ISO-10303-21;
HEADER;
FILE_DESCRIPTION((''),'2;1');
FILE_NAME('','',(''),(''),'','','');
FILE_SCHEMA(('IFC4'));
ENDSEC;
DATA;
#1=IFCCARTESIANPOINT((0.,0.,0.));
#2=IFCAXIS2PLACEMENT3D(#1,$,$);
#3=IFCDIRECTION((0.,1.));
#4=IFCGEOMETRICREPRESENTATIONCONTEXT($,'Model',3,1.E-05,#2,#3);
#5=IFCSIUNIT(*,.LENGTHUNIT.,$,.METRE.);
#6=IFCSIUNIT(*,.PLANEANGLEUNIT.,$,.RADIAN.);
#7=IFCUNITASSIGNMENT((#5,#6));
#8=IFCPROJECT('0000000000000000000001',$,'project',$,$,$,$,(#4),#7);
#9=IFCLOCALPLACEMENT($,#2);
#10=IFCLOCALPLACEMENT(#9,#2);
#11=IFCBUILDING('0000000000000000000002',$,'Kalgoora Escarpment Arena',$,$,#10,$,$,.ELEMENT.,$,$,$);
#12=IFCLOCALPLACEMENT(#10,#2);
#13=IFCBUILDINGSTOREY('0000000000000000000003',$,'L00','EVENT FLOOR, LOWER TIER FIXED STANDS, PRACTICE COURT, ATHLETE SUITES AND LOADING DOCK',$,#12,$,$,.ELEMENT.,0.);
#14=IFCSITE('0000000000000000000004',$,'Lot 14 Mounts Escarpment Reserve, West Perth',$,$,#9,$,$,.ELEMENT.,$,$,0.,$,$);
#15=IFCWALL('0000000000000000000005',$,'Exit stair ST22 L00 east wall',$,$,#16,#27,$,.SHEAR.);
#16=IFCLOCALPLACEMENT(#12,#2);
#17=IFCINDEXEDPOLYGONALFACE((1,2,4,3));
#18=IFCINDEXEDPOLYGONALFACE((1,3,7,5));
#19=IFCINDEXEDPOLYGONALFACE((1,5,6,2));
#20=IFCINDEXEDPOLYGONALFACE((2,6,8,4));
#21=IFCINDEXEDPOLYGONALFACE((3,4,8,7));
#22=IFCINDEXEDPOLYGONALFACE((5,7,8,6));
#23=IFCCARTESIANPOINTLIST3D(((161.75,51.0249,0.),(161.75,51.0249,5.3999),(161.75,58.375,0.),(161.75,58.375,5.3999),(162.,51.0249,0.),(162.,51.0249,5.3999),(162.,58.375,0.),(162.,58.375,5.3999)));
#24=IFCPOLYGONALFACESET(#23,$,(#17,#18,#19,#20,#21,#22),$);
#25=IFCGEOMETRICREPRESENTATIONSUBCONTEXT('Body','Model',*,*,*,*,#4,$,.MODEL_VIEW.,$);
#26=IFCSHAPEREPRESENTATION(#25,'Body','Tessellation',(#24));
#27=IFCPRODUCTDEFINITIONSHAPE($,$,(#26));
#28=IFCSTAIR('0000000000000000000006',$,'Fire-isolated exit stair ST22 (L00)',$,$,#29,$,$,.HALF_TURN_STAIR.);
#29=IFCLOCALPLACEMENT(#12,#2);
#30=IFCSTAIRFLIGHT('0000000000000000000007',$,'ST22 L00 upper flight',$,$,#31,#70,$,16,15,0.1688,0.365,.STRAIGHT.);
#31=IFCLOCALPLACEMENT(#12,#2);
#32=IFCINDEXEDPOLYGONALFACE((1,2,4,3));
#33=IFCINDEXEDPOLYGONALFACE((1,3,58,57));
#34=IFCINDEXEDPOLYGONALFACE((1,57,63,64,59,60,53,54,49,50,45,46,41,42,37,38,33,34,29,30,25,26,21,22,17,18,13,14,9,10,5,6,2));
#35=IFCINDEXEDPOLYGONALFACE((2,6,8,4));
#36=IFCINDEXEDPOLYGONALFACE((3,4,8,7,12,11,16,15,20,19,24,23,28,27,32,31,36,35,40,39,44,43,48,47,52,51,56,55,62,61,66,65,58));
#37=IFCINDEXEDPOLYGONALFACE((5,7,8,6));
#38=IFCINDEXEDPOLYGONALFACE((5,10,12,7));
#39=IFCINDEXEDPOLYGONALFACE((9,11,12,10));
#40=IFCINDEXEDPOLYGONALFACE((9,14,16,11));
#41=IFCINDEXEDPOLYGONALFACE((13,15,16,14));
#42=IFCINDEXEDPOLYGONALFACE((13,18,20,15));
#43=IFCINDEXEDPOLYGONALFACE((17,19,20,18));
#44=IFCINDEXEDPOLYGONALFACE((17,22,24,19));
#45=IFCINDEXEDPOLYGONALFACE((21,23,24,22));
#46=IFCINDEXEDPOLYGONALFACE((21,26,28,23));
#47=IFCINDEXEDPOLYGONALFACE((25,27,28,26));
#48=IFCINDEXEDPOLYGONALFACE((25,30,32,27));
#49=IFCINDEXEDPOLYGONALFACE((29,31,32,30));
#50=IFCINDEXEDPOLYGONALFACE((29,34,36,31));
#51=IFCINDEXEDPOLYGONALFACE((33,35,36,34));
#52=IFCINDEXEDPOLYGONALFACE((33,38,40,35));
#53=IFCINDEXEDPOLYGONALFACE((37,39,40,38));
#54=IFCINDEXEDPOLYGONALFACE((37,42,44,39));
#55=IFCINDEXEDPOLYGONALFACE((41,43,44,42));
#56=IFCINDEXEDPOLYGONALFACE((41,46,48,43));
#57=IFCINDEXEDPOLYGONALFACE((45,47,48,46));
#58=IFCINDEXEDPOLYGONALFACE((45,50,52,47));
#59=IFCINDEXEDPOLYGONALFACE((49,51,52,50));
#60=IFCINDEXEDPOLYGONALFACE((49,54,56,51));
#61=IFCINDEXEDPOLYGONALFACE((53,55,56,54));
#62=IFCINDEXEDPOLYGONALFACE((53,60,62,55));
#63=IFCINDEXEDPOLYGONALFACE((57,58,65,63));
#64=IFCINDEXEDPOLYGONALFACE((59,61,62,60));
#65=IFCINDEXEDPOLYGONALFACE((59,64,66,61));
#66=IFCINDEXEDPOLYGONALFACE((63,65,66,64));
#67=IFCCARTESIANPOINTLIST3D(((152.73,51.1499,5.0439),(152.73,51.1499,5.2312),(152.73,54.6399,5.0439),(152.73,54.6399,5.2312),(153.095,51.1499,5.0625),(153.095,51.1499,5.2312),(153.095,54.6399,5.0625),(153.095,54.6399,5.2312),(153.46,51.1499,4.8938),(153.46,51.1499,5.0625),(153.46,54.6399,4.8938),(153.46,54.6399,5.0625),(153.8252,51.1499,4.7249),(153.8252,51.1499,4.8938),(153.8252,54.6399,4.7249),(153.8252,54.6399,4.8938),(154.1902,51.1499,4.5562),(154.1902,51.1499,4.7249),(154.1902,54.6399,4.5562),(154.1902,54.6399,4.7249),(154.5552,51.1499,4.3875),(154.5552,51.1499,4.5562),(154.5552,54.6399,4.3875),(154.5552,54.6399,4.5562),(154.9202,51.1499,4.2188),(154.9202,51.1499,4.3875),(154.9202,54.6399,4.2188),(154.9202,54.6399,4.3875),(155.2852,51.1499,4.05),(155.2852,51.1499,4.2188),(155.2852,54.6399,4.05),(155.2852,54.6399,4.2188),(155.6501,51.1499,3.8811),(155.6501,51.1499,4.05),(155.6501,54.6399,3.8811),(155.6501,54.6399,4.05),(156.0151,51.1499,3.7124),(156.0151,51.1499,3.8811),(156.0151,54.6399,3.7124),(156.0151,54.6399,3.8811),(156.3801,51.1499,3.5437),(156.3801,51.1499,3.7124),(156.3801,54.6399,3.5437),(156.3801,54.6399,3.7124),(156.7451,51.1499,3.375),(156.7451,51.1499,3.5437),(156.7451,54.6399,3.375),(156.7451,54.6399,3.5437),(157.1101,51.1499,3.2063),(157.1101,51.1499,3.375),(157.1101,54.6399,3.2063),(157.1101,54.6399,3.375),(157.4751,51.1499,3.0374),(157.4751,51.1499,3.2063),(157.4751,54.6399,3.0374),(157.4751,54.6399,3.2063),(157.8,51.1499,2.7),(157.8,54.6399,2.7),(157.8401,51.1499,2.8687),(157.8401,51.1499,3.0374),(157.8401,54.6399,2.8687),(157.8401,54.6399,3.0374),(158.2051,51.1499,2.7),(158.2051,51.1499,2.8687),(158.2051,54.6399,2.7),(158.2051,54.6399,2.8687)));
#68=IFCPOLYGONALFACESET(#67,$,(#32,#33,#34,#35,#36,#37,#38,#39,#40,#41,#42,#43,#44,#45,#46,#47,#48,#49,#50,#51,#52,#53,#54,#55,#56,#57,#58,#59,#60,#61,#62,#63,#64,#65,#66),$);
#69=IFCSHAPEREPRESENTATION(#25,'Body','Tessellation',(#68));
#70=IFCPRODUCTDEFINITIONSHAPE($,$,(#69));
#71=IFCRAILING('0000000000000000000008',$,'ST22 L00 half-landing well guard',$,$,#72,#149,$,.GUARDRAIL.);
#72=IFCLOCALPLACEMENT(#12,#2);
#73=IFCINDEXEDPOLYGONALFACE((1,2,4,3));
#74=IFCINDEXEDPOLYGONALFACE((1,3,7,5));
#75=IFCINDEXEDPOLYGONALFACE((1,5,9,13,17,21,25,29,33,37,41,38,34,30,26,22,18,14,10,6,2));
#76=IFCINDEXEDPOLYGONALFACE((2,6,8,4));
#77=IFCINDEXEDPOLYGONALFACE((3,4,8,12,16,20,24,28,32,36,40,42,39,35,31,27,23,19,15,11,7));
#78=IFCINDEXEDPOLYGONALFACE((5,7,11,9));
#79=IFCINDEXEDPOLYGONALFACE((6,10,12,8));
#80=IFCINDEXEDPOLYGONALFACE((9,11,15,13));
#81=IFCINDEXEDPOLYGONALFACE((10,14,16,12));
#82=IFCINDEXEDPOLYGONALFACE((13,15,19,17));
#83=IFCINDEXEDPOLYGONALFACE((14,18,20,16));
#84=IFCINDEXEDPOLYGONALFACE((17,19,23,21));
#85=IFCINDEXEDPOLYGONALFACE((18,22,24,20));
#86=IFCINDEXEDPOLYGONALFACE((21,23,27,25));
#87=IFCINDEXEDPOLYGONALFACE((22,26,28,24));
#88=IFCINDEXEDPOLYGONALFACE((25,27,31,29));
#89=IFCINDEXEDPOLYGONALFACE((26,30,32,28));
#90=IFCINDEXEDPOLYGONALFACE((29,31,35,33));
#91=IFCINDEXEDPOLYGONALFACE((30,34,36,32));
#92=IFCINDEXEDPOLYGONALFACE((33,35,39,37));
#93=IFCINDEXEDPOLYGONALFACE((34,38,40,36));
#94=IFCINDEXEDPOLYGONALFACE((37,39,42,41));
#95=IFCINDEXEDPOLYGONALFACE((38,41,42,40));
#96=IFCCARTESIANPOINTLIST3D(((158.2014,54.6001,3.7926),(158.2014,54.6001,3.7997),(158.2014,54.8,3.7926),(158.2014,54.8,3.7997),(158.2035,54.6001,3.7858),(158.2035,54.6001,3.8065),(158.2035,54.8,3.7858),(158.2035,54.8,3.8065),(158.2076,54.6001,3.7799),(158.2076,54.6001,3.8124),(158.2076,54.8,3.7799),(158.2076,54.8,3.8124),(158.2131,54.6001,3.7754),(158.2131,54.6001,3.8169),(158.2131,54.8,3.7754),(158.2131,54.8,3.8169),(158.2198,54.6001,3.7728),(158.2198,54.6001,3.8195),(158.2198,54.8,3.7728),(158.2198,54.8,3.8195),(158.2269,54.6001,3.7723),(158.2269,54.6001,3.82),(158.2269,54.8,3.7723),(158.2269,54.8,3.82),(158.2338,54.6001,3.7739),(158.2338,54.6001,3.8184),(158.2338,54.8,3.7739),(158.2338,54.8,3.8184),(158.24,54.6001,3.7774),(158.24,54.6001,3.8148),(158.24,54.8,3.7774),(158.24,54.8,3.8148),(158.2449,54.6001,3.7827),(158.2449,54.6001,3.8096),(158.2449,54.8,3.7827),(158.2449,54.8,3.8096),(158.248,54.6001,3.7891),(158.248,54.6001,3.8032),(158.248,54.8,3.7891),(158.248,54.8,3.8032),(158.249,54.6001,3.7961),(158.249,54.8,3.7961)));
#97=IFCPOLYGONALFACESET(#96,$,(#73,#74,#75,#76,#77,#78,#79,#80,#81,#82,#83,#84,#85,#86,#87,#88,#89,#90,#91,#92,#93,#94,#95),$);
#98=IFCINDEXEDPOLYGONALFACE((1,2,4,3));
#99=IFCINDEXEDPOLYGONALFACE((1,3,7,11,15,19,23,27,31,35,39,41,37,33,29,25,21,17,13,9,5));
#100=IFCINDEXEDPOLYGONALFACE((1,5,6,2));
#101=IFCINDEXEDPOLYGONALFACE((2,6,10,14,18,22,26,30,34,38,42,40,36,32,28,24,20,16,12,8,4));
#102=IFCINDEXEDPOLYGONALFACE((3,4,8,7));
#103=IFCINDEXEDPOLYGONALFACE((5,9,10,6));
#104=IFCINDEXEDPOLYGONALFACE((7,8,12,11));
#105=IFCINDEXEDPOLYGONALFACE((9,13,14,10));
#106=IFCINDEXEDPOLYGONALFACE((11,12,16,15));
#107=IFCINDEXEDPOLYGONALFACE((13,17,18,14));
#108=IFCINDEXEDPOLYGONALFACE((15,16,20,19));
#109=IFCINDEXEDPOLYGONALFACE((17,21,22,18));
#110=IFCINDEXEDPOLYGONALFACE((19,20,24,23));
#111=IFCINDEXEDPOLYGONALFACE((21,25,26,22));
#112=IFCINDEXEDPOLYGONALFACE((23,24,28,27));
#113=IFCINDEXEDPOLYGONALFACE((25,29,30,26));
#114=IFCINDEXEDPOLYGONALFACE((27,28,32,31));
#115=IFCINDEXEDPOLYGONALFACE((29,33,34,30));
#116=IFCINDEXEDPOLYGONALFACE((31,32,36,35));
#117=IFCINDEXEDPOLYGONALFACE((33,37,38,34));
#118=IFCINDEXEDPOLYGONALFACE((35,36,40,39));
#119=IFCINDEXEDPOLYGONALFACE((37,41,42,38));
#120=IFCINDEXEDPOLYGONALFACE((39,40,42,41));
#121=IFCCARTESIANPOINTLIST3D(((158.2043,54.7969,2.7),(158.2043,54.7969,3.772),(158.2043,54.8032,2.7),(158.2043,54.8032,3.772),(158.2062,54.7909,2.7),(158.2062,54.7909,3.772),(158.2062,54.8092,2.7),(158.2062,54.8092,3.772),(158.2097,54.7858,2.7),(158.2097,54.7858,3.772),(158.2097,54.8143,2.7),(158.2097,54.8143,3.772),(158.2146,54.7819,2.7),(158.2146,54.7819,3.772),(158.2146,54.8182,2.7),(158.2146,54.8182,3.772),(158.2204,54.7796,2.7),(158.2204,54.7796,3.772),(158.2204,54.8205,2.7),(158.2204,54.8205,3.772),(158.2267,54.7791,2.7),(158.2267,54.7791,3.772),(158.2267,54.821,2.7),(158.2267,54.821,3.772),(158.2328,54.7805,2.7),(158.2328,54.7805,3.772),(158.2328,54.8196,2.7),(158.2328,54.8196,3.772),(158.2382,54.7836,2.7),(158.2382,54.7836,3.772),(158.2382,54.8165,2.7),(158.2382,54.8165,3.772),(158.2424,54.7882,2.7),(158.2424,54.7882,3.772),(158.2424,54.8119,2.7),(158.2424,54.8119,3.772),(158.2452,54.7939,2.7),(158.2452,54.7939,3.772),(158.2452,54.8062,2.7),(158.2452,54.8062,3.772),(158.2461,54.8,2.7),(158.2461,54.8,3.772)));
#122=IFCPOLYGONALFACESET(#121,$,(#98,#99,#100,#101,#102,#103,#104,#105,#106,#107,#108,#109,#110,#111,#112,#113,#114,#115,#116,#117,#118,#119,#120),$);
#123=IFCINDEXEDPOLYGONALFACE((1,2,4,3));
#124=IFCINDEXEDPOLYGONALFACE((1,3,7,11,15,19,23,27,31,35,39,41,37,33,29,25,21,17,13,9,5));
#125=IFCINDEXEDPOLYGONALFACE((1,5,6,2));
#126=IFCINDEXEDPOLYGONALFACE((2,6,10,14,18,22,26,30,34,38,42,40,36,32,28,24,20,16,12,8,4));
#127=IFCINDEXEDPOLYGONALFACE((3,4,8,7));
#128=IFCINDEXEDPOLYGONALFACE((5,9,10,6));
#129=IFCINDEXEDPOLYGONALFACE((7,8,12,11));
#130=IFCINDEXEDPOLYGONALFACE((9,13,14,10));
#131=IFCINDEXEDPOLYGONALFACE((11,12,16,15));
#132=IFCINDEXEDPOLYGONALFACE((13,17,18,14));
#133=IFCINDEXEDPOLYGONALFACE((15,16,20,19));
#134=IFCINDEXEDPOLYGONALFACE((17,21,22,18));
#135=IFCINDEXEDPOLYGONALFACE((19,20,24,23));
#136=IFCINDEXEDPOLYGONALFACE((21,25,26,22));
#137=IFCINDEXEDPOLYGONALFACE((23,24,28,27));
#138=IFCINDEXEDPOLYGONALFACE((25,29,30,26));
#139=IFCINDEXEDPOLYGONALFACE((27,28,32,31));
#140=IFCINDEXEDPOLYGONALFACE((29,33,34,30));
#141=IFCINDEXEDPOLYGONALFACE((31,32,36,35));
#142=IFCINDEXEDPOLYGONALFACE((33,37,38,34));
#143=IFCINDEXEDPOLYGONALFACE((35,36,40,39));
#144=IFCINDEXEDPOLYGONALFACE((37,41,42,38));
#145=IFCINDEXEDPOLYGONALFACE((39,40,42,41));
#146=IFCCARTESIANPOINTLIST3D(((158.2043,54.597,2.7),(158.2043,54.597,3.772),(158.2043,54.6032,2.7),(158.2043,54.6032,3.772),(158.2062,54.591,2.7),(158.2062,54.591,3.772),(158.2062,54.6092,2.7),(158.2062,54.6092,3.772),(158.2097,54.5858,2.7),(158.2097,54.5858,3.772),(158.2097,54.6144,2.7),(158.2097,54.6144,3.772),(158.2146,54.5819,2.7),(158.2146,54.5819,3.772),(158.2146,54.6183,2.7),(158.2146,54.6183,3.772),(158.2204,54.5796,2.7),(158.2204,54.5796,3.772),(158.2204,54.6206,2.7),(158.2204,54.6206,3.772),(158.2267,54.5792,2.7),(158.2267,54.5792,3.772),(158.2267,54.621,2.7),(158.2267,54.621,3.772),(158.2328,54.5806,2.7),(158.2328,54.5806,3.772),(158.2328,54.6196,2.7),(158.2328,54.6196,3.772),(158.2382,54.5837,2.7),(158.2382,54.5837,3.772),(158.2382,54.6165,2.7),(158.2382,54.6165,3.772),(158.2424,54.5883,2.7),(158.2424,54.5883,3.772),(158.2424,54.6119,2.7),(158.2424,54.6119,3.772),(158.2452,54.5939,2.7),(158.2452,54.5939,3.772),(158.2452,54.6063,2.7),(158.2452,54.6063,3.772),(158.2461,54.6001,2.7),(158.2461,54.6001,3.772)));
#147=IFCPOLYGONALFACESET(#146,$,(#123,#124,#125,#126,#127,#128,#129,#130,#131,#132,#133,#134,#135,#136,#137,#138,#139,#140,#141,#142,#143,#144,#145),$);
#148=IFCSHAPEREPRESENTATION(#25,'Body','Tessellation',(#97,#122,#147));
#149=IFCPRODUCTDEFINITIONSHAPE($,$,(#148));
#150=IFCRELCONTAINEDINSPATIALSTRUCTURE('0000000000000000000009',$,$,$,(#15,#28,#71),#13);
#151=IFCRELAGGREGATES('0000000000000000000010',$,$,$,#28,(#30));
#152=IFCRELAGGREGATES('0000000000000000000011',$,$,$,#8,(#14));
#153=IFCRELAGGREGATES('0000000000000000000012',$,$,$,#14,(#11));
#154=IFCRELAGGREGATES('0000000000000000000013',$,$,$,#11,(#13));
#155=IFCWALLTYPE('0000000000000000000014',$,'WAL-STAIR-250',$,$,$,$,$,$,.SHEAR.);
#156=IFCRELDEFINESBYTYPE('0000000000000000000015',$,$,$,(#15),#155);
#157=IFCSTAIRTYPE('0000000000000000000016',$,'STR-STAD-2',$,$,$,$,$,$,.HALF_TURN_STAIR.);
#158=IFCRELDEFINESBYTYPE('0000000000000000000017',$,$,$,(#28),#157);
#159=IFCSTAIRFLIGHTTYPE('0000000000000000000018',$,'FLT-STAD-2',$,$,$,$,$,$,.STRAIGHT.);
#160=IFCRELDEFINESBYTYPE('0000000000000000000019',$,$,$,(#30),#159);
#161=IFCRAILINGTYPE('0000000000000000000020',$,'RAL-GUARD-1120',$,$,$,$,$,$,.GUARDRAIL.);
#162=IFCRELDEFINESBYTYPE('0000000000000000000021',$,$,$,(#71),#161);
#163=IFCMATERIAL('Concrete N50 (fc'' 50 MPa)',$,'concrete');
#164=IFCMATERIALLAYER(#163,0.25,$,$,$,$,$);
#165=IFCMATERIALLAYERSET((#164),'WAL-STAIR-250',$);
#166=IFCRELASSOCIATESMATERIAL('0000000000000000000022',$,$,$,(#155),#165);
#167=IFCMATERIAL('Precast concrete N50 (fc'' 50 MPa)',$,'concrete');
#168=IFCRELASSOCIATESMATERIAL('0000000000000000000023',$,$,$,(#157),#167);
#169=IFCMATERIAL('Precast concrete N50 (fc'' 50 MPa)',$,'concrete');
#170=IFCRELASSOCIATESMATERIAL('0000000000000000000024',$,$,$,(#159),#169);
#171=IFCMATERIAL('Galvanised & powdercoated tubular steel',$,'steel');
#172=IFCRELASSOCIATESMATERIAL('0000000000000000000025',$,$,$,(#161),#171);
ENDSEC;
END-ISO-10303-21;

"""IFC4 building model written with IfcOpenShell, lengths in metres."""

from ifc_helpers import new_model, si_unit, direction, frame, frame_2d, origin, origin_2d, place, context, subcontext, project, spatial, polyline, rectangle, circle, outline, extrude, material, layer, layer_set, type_object, element, aggregate, save


model = new_model("IFC4")

# Units and contexts
model_context = context("Model", 3, precision=1e-05, world=origin(), true_north=direction((0.0, 1.0)))
body_context = subcontext(model_context, "Body", "Model", "MODEL_VIEW")
ifc_project = project(units=[si_unit("LENGTHUNIT", "METRE"), si_unit("PLANEANGLEUNIT", "RADIAN")], contexts=[model_context])

# Site, building, storey
site_placement = place(None, origin())
site = spatial("IfcSite", under=ifc_project, at=site_placement, Name="Lot 14 Mounts Escarpment Reserve, West Perth", CompositionType="ELEMENT", RefElevation=0.0)
building_placement = place(site_placement, origin())
building = spatial("IfcBuilding", under=site, at=building_placement, Name="Kalgoora Escarpment Arena", CompositionType="ELEMENT")
storey_placement = place(building_placement, origin())
storey = spatial("IfcBuildingStorey", under=building, at=storey_placement, Name="L00", Description="EVENT FLOOR, LOWER TIER FIXED STANDS, PRACTICE COURT, ATHLETE SUITES AND LOADING DOCK", CompositionType="ELEMENT", Elevation=0.0)

# Wall
ifc_material_1 = material(Name="Concrete N50 (fc' 50 MPa)", Category="concrete")
ifc_layer_1 = layer(ifc_material_1, 0.25)
ifc_layer_set_1 = layer_set([ifc_layer_1], Name="WAL-STAIR-250")
wall_type_1 = type_object("IfcWallType", Name="WAL-STAIR-250", PredefinedType="SHEAR", material=ifc_layer_set_1)
wall_1_placement = place(storey_placement, frame((161.875, 51.0249, 0.0), z_axis=(0.0, 0.0, 1.0), x_axis=(0.0, 1.0, 0.0)))
element("IfcWall", 1, at=wall_1_placement, inside=storey, type_object=wall_type_1, Name="Exit stair ST22 L00 east wall", PredefinedType="SHEAR", context=body_context, shape_type="SweptSolid", body=[
    extrude(rectangle(XDim=7.3501, YDim=0.25, at=frame_2d((3.675, 0.0))), origin(), (0.0, 0.0, 1.0), 5.3999),
])

# Stair, stair flight
ifc_material_2 = material(Name="Precast concrete N50 (fc' 50 MPa)", Category="concrete")
stair_type = type_object("IfcStairType", Name="STR-STAD-2", PredefinedType="HALF_TURN_STAIR", material=ifc_material_2)
stair_placement = place(storey_placement, origin())
stair = element("IfcStair", 2, at=stair_placement, inside=storey, type_object=stair_type, Name="Fire-isolated exit stair ST22 (L00)", PredefinedType="HALF_TURN_STAIR")
ifc_material_3 = material(Name="Precast concrete N50 (fc' 50 MPa)", Category="concrete")
stair_flight_type = type_object("IfcStairFlightType", Name="FLT-STAD-2", PredefinedType="STRAIGHT", material=ifc_material_3)
stair_flight_placement = place(storey_placement, frame((158.2051, 52.895, 2.7), z_axis=(0.0, 0.0, 1.0), x_axis=(-1.0, 0.0, 0.0)))
stair_flight = element("IfcStairFlight", 3, at=stair_flight_placement, type_object=stair_flight_type, Name="ST22 L00 upper flight", NumberOfRisers=16, NumberOfTreads=15, PredefinedType="STRAIGHT", RiserHeight=0.1688, TreadLength=0.365, context=body_context, shape_type="SweptSolid", body=[
    extrude(outline(polyline([(0.0, 0.0), (0.0, 0.1687), (0.365, 0.1687), (0.365, 0.3374), (0.73, 0.3374), (0.73, 0.5063), (1.095, 0.5063), (1.095, 0.675), (1.46, 0.675), (1.46, 0.8438), (1.825, 0.8438), (1.825, 1.0125), (2.1899, 1.0125), (2.1899, 1.1812), (2.5549, 1.1812), (2.5549, 1.3501), (2.9199, 1.3501), (2.9199, 1.5188), (3.2849, 1.5188), (3.2849, 1.6875), (3.6499, 1.6875), (3.6499, 1.8562), (4.0149, 1.8562), (4.0149, 2.0249), (4.3799, 2.0249), (4.3799, 2.1938), (4.7451, 2.1938), (4.7451, 2.3625), (5.1101, 2.3625), (5.1101, 2.5312), (5.4751, 2.5312), (5.4751, 2.7), (5.4751, 2.344), (0.405, 0.0), (0.0, 0.0)])), frame((0.0, 1.7451, 0.0), z_axis=(0.0, -1.0, 0.0), x_axis=(1.0, 0.0, 0.0)), (0.0, 0.0, 1.0), 3.49),
])
aggregate(stair, [stair_flight])

# Railing
ifc_material_4 = material(Name="Galvanised & powdercoated tubular steel", Category="steel")
railing_type_1 = type_object("IfcRailingType", Name="RAL-GUARD-1120", PredefinedType="GUARDRAIL", material=ifc_material_4)
railing_placement = place(storey_placement, frame((158.2251, 54.8, 2.7)))
element("IfcRailing", 4, at=railing_placement, inside=storey, type_object=railing_type_1, Name="ST22 L00 half-landing well guard", PredefinedType="GUARDRAIL", context=body_context, shape_type="SweptSolid", body=[
    extrude(circle(Radius=0.0239, at=origin_2d()), frame((0.0, 0.0, 1.0962), z_axis=(0.0, -1.0, 0.0), x_axis=(1.0, 0.0, 0.0)), (0.0, 0.0, 1.0), 0.2),
    extrude(circle(Radius=0.021, at=origin_2d()), origin(), (0.0, 0.0, 1.0), 1.072),
    extrude(circle(Radius=0.021, at=origin_2d()), frame((0.0, -0.2, 0.0)), (0.0, 0.0, 1.0), 1.072),
])

save(model, "model.ifc")
